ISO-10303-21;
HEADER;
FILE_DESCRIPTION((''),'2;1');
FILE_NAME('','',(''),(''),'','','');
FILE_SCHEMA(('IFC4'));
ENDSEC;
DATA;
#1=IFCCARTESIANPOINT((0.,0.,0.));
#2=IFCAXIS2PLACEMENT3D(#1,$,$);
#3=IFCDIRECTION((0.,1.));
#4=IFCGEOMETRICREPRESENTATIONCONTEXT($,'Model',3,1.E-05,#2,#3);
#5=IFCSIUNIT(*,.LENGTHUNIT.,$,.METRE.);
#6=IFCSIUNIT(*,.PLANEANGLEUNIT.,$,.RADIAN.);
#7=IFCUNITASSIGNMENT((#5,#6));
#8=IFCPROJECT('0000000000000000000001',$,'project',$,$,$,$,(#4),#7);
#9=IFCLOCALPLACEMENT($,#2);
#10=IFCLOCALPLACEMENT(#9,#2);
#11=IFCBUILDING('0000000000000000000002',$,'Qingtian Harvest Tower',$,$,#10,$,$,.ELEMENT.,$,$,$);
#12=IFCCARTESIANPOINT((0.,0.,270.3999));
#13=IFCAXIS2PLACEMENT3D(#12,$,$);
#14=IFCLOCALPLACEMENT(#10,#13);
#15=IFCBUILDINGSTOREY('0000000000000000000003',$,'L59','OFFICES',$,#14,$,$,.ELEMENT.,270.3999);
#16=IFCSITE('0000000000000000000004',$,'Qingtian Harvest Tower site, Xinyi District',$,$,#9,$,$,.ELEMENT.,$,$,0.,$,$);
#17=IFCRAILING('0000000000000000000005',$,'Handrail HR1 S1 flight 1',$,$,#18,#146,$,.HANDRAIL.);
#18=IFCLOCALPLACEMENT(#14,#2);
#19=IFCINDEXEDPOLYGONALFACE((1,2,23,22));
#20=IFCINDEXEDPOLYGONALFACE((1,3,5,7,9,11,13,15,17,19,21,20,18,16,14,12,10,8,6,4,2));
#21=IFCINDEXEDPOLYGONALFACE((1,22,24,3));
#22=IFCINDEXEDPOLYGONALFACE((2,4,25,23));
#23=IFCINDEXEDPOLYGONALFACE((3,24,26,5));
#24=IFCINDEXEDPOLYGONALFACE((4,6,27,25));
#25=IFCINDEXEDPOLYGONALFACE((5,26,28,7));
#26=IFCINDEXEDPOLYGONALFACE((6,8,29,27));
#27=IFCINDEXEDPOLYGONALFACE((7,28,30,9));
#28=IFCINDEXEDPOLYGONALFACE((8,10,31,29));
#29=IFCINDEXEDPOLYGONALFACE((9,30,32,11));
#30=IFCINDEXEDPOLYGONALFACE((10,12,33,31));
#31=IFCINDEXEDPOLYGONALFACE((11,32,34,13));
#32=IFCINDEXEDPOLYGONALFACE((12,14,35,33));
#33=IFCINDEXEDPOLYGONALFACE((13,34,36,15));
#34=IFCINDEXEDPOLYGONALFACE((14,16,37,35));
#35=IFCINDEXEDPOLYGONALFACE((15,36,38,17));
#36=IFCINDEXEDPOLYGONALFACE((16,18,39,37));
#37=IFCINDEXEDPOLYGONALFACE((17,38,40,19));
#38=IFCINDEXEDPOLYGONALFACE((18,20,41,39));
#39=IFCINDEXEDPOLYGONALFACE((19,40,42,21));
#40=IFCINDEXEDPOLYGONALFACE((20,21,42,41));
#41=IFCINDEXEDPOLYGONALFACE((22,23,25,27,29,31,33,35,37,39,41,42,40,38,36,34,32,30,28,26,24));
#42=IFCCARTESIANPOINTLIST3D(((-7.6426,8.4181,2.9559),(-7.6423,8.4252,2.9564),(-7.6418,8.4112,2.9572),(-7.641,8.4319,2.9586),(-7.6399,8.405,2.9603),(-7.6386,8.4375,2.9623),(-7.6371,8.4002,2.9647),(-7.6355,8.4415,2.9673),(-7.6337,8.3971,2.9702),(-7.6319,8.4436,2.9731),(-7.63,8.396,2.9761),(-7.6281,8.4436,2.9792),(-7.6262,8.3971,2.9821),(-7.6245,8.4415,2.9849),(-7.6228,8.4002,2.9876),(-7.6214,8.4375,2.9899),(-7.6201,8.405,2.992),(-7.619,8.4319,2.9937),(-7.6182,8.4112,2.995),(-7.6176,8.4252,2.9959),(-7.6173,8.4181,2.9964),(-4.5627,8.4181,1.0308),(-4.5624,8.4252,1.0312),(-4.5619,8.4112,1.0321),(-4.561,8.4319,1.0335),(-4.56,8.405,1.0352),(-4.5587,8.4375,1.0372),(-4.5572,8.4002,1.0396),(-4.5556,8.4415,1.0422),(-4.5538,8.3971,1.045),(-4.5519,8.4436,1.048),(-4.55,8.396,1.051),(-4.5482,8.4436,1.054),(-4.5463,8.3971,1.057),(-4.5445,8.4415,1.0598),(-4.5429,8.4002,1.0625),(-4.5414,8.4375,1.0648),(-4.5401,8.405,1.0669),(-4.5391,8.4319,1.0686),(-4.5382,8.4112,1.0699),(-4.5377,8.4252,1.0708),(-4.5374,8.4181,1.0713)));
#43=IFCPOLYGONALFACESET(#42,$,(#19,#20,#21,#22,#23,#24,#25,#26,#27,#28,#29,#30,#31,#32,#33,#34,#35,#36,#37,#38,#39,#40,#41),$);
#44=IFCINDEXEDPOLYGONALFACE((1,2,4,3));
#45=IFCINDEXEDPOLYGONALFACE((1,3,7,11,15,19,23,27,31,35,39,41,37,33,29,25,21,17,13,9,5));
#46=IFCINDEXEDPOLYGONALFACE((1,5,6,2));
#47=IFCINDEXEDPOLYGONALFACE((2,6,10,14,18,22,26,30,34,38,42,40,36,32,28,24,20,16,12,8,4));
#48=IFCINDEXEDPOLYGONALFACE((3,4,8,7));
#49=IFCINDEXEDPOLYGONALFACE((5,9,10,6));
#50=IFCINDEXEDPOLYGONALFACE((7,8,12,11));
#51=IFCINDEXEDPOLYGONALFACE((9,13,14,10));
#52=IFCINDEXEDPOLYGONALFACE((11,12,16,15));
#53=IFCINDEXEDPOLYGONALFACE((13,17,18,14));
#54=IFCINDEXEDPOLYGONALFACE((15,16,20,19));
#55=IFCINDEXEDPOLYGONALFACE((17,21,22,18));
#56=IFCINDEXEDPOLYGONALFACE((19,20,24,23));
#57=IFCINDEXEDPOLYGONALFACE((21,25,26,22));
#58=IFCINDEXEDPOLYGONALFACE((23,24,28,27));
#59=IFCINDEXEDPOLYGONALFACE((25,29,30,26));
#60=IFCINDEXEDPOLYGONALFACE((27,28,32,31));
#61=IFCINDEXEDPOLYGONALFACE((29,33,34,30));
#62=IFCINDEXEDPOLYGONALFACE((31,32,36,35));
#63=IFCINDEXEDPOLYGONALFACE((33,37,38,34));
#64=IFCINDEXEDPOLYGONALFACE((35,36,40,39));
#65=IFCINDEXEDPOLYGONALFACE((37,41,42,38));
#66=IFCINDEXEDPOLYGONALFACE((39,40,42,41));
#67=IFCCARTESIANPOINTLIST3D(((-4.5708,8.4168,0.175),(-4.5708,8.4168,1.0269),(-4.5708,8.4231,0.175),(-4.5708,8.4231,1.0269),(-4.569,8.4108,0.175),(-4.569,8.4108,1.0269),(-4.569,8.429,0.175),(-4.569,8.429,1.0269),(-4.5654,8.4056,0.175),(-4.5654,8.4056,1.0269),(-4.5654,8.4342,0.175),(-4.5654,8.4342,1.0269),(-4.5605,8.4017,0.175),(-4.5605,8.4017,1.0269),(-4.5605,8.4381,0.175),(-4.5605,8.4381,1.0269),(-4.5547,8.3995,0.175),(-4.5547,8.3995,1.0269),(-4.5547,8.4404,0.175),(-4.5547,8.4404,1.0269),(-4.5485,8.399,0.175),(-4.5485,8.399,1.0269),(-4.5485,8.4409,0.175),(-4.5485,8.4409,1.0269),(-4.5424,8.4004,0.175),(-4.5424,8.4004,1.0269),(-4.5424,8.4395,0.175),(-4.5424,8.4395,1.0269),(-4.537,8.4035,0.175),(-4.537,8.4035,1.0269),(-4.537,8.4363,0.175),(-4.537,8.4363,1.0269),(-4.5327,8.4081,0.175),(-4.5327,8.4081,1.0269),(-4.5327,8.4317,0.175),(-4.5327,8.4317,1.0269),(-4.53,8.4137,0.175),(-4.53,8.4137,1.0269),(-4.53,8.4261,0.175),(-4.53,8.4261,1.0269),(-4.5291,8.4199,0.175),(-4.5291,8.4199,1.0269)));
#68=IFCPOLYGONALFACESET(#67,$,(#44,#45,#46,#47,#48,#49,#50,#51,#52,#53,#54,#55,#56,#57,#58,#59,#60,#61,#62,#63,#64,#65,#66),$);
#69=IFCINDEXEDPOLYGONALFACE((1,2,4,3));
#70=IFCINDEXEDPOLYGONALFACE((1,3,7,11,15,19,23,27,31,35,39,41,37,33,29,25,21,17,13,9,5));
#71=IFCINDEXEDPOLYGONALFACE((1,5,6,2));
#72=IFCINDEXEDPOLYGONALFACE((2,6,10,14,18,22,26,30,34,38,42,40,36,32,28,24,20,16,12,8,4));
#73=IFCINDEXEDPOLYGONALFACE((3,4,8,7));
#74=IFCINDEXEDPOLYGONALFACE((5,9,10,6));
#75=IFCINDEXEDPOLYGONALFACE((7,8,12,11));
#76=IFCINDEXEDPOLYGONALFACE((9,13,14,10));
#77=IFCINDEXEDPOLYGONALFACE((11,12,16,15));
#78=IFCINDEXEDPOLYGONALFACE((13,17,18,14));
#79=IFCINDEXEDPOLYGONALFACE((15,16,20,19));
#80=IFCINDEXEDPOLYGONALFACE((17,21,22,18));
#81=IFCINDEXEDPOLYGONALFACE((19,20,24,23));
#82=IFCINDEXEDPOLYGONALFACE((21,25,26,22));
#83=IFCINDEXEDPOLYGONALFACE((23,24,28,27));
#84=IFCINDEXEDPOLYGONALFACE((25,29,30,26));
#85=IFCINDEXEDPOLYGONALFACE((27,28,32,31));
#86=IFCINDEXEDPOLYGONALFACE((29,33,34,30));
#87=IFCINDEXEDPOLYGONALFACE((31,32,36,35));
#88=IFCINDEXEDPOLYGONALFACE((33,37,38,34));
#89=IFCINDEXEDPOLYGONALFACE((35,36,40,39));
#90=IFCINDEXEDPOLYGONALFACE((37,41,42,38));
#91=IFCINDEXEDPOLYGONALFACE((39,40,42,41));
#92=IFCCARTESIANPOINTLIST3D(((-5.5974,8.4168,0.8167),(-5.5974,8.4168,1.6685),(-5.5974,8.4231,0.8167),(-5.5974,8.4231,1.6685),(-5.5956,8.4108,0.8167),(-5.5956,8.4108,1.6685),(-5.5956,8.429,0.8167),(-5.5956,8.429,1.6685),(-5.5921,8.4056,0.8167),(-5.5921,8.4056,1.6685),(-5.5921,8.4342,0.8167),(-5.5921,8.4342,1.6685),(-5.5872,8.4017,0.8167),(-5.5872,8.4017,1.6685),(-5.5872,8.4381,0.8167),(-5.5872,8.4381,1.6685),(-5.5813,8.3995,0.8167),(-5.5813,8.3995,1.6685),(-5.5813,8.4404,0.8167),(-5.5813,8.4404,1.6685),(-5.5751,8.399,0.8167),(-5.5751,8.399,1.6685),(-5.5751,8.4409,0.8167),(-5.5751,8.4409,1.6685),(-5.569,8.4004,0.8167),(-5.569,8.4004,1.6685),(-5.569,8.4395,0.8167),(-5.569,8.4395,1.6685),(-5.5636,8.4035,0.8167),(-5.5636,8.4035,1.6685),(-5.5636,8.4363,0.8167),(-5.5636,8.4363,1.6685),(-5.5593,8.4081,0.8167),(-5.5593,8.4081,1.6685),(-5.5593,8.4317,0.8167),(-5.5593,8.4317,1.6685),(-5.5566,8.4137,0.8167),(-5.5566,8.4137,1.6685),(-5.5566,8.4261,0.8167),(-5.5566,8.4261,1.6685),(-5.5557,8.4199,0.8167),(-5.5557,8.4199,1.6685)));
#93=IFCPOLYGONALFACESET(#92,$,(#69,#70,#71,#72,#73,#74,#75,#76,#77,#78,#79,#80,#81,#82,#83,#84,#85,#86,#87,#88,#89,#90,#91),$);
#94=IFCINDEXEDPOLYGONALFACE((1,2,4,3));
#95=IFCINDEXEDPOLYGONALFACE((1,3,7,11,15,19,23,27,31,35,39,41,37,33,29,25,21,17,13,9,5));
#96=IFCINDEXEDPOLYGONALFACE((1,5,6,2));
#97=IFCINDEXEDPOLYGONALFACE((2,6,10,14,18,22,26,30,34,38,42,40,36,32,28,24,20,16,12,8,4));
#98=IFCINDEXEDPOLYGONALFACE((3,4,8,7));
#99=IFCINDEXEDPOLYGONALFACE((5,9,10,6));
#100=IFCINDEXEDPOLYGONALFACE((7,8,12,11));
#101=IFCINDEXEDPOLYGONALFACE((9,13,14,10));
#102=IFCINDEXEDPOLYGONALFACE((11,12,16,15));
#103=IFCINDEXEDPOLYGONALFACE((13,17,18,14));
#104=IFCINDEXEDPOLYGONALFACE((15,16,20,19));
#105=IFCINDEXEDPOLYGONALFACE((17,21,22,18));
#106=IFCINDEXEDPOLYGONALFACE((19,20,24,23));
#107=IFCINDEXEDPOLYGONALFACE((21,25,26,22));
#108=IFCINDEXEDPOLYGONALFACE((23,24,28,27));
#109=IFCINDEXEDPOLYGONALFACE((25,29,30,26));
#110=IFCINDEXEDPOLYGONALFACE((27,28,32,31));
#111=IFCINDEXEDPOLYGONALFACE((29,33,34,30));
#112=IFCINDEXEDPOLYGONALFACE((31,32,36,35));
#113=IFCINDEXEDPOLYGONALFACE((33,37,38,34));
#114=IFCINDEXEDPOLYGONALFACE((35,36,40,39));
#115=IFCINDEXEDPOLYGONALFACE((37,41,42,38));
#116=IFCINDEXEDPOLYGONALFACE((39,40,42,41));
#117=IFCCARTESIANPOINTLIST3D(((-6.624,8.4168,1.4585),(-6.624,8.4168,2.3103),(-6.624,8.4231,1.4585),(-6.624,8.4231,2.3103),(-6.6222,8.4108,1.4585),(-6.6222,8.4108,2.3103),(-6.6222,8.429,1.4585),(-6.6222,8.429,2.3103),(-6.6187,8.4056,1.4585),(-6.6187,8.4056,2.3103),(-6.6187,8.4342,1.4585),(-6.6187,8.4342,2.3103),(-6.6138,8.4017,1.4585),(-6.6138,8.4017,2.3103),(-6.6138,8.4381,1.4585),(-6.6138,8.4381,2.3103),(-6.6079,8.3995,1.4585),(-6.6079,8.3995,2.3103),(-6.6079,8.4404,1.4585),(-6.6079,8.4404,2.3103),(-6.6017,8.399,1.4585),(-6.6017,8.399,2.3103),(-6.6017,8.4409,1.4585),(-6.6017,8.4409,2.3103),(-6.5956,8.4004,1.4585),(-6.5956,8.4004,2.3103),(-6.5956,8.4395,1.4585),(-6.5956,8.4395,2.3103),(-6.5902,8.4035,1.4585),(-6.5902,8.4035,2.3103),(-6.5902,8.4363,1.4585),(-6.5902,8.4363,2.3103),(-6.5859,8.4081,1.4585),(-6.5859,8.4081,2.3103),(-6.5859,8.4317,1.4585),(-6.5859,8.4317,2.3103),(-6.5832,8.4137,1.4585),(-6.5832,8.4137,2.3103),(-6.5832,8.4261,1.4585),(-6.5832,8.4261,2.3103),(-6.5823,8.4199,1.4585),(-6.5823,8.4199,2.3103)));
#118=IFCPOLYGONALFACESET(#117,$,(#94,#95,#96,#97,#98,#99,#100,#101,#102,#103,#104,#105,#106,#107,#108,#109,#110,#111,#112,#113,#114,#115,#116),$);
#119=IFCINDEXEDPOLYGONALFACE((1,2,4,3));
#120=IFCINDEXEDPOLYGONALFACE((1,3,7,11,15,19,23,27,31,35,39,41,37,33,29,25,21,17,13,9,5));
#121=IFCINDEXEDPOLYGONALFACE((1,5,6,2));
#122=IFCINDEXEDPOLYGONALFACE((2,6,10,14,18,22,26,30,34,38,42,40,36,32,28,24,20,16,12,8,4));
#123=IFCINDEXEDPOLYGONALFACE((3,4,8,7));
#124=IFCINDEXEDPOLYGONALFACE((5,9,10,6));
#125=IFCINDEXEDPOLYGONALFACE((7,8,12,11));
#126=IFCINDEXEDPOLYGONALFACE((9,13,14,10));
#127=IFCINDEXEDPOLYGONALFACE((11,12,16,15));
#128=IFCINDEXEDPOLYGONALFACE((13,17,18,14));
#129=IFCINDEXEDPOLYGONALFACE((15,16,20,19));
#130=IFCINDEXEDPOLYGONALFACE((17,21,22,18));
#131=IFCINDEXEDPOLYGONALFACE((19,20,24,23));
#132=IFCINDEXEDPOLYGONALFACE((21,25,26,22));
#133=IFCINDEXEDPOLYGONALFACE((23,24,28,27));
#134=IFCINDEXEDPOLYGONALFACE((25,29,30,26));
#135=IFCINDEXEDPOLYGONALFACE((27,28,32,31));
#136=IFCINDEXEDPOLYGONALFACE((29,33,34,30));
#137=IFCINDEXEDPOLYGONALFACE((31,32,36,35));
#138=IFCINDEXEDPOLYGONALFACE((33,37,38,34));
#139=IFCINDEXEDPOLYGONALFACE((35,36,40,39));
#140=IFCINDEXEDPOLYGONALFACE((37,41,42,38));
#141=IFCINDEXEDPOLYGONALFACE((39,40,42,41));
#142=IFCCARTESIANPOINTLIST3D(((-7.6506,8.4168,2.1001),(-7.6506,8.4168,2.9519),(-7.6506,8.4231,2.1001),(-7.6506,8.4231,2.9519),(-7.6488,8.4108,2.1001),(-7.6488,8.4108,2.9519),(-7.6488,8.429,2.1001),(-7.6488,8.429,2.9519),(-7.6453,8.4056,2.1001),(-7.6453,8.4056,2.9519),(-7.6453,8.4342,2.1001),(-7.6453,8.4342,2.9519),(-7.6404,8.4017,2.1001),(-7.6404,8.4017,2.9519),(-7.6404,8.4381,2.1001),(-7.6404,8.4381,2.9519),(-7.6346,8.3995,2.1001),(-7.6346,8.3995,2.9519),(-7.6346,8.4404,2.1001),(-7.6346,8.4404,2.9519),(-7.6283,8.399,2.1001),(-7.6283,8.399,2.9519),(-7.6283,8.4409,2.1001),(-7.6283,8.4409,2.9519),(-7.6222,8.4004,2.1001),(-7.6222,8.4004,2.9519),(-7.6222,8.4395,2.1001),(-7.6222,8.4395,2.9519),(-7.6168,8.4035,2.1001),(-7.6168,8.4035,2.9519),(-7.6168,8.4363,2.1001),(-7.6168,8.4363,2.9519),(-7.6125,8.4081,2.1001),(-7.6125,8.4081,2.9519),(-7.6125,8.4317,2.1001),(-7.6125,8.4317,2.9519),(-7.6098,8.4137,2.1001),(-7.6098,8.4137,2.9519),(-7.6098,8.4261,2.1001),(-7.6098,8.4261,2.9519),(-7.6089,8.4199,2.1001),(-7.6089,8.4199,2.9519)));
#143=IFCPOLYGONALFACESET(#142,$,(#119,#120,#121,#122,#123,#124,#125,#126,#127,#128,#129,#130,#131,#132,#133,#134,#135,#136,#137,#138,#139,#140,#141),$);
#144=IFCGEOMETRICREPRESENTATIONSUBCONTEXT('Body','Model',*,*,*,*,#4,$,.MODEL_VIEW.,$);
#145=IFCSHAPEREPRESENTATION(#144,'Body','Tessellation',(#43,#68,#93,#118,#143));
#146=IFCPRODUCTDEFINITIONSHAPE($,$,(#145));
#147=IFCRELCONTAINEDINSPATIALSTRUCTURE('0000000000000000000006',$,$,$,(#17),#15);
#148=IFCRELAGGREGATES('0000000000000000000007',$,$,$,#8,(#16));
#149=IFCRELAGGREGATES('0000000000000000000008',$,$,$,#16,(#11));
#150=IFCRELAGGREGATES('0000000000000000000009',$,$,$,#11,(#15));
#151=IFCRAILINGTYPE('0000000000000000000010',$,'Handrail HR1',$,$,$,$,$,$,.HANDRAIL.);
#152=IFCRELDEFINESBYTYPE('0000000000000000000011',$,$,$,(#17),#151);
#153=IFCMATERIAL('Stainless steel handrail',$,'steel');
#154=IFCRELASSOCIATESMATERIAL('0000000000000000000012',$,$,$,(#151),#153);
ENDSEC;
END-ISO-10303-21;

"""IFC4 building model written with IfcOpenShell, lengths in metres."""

from ifc_helpers import new_model, si_unit, direction, frame, origin, origin_2d, place, context, subcontext, project, spatial, circle, extrude, material, type_object, element, save


model = new_model("IFC4")

# Units and contexts
model_context = context("Model", 3, precision=1e-05, world=origin(), true_north=direction((0.0, 1.0)))
body_context = subcontext(model_context, "Body", "Model", "MODEL_VIEW")
ifc_project = project(units=[si_unit("LENGTHUNIT", "METRE"), si_unit("PLANEANGLEUNIT", "RADIAN")], contexts=[model_context])

# Site, building, storey
site_placement = place(None, origin())
site = spatial("IfcSite", under=ifc_project, at=site_placement, Name="Qingtian Harvest Tower site, Xinyi District", CompositionType="ELEMENT", RefElevation=0.0)
building_placement = place(site_placement, origin())
building = spatial("IfcBuilding", under=site, at=building_placement, Name="Qingtian Harvest Tower", CompositionType="ELEMENT")
storey_placement = place(building_placement, frame((0.0, 0.0, 270.3999)))
storey = spatial("IfcBuildingStorey", under=building, at=storey_placement, Name="L59", Description="OFFICES", CompositionType="ELEMENT", Elevation=270.3999)

# Railing
ifc_material_1 = material(Name="Stainless steel handrail", Category="steel")
railing_type = type_object("IfcRailingType", Name="Handrail HR1", PredefinedType="HANDRAIL", material=ifc_material_1)
railing_1_placement = place(storey_placement, frame((-4.55, 8.4199, 0.175)))
element("IfcRailing", 1, at=railing_1_placement, inside=storey, type_object=railing_type, Name="Handrail HR1 S1 flight 1", PredefinedType="HANDRAIL", context=body_context, shape_type="SweptSolid", body=[
    extrude(circle(Radius=0.0239, at=origin_2d()), frame((0.0, 0.0, 0.876), z_axis=(-0.847979, 0.0, 0.530029), x_axis=(0.0, -1.0, 0.0)), (0.0, 0.0, 1.0), 3.6321),
    extrude(circle(Radius=0.021, at=origin_2d()), origin(), (0.0, 0.0, 1.0), 0.8518),
    extrude(circle(Radius=0.021, at=origin_2d()), frame((-1.0266, 0.0, 0.6416)), (0.0, 0.0, 1.0), 0.8518),
    extrude(circle(Radius=0.021, at=origin_2d()), frame((-2.0532, 0.0, 1.2834)), (0.0, 0.0, 1.0), 0.8518),
    extrude(circle(Radius=0.021, at=origin_2d()), frame((-3.0798, 0.0, 1.925)), (0.0, 0.0, 1.0), 0.8518),
])

save(model, "model.ifc")
